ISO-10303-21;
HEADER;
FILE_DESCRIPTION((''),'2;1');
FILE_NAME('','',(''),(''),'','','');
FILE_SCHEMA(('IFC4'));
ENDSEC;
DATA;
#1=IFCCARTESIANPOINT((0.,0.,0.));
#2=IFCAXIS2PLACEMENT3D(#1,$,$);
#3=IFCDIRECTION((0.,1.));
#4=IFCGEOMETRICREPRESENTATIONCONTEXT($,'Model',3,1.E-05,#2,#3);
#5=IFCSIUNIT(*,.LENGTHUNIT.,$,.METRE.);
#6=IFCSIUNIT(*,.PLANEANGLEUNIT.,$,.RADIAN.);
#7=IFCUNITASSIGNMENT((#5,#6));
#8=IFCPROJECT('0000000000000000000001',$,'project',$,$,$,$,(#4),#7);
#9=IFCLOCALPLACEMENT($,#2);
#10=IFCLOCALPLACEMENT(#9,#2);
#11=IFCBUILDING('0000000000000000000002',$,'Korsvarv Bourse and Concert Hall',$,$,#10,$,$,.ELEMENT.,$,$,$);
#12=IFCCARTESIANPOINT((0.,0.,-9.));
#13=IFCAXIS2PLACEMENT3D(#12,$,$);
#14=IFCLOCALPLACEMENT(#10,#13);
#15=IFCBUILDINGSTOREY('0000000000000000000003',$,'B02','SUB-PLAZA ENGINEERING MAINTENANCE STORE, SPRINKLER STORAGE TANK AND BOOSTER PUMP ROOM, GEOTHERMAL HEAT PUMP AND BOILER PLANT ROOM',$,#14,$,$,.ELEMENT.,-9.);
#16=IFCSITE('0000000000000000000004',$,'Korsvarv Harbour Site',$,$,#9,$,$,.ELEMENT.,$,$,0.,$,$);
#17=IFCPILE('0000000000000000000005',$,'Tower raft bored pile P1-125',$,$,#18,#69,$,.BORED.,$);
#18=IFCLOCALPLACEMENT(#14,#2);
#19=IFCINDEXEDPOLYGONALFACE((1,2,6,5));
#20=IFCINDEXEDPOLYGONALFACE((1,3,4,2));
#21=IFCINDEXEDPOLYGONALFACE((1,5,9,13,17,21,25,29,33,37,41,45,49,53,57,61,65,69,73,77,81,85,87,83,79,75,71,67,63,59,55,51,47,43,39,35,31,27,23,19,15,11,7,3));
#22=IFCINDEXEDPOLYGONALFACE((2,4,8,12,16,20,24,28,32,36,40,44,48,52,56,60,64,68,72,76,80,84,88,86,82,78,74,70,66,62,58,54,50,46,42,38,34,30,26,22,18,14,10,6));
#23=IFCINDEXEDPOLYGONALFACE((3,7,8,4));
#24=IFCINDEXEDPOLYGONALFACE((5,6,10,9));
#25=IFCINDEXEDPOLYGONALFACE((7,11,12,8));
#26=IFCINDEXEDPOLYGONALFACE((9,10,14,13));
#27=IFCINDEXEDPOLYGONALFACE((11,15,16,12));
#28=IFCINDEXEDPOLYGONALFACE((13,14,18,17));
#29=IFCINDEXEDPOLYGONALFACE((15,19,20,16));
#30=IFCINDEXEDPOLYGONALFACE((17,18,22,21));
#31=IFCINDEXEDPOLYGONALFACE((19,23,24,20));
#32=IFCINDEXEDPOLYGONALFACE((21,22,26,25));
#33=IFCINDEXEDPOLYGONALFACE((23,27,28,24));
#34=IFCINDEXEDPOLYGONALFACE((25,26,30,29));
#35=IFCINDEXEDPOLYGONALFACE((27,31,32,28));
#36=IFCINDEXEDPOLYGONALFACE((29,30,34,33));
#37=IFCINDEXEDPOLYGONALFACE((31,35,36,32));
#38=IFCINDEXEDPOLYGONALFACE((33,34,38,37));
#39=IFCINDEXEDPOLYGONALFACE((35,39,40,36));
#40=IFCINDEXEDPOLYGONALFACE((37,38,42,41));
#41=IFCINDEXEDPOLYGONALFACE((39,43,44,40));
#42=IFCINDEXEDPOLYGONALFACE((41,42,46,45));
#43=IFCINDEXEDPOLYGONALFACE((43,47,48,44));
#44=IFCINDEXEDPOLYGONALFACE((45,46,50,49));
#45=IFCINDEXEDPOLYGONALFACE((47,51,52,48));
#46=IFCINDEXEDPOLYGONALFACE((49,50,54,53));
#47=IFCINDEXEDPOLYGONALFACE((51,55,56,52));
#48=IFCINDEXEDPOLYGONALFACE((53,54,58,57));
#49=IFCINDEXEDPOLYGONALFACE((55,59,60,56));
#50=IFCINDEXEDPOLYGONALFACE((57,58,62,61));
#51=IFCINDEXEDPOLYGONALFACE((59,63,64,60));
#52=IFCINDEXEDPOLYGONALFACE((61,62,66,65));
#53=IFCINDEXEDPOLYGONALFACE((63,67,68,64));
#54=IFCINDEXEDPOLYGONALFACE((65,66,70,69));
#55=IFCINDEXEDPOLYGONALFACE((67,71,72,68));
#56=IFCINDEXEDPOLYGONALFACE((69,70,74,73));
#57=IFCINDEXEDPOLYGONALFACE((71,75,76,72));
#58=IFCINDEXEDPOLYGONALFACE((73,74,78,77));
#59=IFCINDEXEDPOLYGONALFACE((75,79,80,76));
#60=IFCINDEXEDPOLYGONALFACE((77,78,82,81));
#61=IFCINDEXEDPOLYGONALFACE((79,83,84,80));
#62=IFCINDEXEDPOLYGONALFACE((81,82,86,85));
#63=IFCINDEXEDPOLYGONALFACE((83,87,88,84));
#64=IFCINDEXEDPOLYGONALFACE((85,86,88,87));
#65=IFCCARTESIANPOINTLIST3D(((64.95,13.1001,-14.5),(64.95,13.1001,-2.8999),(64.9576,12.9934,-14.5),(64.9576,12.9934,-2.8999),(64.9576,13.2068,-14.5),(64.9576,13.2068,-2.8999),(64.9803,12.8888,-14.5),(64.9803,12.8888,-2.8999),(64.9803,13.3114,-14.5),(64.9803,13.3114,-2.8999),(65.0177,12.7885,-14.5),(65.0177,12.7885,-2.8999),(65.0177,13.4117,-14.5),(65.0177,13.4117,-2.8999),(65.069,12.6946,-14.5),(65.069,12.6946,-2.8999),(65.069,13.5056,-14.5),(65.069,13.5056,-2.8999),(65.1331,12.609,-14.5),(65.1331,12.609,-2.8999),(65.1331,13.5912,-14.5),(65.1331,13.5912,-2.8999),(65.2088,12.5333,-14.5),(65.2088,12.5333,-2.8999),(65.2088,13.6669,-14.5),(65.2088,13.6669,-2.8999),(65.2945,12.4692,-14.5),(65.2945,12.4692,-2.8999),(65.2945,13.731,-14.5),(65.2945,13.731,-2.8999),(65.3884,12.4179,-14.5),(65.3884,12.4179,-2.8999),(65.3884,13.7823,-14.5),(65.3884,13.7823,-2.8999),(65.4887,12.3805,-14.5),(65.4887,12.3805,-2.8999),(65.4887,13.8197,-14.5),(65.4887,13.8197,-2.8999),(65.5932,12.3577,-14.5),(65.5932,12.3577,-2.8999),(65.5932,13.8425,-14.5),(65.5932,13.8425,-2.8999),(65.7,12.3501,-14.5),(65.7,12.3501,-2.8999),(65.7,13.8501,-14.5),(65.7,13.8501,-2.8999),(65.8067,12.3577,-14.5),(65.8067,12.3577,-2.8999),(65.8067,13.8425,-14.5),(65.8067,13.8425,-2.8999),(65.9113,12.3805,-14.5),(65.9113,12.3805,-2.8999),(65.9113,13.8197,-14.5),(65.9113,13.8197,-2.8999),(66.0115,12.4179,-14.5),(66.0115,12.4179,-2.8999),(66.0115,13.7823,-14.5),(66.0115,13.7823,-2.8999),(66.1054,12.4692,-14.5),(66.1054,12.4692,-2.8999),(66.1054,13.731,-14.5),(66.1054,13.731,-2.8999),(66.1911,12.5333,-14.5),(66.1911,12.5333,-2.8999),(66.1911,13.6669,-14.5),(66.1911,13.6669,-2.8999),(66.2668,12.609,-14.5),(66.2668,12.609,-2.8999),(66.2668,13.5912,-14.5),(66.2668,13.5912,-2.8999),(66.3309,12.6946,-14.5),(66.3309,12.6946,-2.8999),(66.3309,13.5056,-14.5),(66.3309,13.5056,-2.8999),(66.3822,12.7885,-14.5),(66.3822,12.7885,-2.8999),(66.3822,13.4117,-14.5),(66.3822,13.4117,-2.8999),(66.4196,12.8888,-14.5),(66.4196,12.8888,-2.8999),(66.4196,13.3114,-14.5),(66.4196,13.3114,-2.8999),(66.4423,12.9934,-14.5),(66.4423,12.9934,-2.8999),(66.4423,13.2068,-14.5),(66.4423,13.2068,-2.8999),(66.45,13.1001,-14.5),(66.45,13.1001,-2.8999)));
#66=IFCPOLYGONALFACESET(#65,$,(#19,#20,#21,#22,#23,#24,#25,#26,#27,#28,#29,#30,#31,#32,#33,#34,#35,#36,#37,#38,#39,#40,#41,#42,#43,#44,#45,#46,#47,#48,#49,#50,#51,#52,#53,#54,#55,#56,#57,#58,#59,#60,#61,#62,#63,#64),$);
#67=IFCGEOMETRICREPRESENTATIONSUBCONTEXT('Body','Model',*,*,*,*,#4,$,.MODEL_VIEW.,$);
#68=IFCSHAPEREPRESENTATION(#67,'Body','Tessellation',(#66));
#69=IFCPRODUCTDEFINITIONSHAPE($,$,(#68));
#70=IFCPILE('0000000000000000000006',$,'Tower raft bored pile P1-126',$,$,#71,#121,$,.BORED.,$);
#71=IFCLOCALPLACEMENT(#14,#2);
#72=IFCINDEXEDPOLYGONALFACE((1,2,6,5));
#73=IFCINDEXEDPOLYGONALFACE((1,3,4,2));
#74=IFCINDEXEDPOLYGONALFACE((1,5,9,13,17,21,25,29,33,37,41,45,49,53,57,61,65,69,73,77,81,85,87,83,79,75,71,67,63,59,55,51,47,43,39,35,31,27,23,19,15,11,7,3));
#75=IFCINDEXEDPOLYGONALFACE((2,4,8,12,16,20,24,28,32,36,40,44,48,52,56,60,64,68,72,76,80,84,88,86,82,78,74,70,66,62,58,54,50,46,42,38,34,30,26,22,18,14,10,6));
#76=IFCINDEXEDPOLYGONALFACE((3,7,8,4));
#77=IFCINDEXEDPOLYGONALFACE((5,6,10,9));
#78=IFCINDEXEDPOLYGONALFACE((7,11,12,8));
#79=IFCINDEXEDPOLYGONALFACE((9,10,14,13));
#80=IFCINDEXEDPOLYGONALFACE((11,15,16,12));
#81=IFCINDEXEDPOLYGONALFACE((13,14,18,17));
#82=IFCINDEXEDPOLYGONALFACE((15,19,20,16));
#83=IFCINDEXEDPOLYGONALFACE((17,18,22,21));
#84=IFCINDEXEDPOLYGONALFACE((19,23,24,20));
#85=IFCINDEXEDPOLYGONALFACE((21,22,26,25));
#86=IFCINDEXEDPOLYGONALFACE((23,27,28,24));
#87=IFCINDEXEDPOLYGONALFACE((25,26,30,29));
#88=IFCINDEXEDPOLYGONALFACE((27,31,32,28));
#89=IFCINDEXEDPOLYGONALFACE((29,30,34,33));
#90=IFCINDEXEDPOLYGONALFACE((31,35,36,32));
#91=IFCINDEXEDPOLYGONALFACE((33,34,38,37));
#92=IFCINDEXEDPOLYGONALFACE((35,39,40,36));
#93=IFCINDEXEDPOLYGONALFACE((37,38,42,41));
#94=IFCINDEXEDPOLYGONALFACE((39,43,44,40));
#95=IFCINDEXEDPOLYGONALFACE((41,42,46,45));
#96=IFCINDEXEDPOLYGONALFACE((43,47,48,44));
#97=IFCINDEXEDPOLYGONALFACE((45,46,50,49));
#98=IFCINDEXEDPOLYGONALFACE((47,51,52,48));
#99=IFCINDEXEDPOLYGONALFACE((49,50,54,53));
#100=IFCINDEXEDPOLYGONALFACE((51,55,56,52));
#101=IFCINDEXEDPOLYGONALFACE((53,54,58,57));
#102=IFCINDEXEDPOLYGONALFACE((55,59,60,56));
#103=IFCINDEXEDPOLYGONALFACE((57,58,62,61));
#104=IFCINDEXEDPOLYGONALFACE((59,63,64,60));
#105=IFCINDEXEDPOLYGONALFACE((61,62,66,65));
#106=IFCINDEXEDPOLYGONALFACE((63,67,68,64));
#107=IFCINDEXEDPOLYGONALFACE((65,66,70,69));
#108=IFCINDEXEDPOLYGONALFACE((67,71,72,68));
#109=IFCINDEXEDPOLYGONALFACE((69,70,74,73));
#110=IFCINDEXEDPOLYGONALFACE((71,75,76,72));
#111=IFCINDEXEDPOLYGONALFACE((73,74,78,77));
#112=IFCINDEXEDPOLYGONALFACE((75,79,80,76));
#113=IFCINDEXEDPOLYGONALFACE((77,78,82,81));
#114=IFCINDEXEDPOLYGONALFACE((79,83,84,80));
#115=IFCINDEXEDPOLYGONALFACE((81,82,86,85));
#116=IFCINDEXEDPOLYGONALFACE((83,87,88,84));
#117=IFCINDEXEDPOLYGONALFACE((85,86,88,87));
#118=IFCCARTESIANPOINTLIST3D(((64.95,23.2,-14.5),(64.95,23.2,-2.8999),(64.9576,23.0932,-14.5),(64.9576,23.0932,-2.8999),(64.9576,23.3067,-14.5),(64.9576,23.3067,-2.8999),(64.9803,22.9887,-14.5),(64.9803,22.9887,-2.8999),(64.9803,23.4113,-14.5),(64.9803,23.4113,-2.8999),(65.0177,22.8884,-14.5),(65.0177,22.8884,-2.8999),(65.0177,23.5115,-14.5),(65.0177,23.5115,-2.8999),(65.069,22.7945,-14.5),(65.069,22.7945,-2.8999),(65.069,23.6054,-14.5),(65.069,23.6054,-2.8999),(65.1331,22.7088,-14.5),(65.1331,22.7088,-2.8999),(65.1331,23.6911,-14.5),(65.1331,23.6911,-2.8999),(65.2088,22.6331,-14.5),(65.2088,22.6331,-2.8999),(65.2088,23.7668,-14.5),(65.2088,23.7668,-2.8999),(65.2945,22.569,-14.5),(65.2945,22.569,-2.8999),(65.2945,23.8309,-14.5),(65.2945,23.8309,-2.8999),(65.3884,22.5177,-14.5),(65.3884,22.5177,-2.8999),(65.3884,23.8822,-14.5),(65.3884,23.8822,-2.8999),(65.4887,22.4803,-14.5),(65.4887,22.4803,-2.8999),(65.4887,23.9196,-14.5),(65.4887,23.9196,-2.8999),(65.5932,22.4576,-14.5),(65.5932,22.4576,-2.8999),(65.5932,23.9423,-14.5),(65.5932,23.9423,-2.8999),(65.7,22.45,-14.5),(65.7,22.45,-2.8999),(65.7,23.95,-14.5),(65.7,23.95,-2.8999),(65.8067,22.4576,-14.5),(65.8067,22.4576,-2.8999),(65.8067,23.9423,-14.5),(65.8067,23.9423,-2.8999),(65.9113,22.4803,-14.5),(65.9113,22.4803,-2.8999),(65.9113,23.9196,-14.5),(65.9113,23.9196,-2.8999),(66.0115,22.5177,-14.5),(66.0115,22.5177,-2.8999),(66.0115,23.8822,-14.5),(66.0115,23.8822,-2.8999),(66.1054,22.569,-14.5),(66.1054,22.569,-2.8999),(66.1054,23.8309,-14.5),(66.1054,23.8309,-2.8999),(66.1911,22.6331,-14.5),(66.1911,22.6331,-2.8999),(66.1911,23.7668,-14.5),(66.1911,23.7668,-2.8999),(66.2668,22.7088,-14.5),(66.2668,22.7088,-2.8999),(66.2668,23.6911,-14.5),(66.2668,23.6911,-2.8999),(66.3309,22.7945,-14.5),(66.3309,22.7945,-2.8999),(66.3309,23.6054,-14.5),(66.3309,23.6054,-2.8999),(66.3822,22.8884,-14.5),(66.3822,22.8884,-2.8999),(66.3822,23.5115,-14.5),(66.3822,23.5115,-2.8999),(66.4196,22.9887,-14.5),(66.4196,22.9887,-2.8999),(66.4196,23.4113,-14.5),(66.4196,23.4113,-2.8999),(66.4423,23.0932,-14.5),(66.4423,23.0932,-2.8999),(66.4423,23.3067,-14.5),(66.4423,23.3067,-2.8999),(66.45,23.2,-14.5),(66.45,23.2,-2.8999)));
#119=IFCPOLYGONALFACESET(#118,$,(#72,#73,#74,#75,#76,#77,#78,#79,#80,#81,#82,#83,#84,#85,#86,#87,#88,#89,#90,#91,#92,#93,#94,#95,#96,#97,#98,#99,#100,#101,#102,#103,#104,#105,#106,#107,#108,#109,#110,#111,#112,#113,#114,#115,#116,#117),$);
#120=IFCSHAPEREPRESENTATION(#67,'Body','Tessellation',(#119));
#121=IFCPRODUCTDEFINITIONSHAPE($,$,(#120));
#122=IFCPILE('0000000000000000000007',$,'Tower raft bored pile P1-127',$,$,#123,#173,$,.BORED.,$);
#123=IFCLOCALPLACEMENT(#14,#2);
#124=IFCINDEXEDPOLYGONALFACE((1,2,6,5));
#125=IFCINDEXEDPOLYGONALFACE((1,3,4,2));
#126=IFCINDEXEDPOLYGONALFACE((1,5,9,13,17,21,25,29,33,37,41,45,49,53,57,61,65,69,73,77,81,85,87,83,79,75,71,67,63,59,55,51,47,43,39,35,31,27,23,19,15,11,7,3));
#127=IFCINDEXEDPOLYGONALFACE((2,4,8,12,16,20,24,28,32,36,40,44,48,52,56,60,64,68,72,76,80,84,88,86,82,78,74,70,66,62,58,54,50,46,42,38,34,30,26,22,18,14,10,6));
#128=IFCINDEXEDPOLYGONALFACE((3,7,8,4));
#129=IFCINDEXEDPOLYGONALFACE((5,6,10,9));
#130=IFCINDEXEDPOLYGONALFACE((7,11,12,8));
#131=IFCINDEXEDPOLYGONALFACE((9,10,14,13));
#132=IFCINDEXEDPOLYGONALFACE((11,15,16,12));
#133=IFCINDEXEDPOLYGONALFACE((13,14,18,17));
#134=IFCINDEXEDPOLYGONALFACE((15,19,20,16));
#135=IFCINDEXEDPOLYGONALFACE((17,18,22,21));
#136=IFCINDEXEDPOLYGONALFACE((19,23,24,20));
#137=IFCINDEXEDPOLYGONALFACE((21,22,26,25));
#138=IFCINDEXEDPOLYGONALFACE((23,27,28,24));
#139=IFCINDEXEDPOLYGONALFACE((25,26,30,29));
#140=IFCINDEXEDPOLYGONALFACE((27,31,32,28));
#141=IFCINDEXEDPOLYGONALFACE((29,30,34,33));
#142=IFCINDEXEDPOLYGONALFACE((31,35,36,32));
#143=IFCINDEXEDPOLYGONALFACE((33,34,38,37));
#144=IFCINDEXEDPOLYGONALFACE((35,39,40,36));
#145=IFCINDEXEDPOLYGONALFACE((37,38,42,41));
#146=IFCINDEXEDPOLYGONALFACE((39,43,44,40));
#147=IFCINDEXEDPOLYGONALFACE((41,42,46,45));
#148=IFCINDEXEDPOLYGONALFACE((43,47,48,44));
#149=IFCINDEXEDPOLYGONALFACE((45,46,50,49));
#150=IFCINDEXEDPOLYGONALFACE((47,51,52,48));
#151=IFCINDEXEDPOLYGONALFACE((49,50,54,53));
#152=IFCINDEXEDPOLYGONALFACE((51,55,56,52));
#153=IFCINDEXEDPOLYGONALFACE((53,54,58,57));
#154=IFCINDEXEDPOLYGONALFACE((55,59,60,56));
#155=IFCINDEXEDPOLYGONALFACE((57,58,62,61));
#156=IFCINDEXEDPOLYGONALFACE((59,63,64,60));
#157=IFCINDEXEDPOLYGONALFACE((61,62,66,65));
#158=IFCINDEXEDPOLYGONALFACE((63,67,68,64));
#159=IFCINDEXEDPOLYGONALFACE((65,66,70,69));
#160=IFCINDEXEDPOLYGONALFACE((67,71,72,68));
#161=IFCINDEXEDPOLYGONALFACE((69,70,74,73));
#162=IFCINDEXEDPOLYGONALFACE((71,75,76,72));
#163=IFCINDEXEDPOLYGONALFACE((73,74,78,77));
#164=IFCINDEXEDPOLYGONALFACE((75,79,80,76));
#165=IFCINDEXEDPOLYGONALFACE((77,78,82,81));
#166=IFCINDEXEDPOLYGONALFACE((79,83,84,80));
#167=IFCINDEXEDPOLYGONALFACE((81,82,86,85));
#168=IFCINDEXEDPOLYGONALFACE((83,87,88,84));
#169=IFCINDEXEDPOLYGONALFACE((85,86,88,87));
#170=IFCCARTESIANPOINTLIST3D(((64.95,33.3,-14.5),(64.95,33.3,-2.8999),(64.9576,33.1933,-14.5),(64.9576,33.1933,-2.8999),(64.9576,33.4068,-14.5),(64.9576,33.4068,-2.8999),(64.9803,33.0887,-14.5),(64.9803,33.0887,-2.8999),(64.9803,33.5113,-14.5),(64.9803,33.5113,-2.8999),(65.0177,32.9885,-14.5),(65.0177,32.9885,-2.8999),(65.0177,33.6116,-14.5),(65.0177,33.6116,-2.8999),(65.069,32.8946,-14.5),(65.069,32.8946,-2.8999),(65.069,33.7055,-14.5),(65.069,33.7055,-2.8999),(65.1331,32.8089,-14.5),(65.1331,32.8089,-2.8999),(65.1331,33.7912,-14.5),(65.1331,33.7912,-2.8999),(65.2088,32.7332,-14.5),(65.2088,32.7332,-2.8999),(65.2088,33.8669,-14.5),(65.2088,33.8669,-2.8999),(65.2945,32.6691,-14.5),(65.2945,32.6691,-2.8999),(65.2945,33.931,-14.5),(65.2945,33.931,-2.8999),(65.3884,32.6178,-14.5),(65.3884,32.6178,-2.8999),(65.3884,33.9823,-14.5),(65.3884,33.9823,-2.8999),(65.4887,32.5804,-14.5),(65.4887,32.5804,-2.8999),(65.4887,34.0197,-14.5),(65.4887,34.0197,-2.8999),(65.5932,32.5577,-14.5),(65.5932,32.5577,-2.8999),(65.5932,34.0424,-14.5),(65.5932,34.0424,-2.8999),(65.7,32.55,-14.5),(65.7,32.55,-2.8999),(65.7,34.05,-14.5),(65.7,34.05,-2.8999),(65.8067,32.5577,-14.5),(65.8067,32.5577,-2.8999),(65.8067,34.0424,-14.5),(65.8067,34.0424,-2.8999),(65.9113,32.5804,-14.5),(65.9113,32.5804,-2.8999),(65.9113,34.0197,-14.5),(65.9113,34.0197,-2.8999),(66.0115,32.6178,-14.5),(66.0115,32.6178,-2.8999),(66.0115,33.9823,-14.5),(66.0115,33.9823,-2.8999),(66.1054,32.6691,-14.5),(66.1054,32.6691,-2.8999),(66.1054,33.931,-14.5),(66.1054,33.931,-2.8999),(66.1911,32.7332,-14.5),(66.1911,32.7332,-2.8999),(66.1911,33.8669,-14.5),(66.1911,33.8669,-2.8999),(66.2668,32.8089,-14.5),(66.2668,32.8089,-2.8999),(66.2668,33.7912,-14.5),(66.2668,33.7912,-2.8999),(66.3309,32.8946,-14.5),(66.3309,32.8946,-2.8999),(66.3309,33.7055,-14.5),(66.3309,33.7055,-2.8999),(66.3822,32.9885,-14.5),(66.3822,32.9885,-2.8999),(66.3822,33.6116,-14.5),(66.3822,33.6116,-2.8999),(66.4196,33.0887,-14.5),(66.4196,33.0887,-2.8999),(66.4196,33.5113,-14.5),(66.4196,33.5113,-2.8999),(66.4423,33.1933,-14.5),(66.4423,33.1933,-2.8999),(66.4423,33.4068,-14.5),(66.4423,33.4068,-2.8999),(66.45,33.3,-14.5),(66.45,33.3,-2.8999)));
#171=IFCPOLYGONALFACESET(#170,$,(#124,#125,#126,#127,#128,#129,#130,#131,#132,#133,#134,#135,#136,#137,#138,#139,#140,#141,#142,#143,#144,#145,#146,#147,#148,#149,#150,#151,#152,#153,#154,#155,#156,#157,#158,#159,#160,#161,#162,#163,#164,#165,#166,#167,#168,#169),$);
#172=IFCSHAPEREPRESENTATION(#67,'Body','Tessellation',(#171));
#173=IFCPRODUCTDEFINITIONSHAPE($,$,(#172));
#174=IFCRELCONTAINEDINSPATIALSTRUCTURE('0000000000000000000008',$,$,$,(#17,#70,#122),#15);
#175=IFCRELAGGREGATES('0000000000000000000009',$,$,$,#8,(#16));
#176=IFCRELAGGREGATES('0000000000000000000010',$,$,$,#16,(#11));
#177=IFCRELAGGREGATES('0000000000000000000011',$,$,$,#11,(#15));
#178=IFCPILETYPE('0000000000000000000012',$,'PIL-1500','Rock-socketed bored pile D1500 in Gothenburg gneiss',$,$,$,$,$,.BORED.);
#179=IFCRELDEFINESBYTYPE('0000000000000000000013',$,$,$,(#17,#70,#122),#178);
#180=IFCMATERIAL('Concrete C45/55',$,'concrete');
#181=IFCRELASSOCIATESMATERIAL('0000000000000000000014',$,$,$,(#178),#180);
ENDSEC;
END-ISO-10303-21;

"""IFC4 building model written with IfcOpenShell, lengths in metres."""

from ifc_helpers import new_model, si_unit, direction, frame, origin, origin_2d, place, context, subcontext, project, spatial, circle, extrude, source, transform, mapped, material, material_profile, profile_set, type_object, element, save


model = new_model("IFC4")

# Units and contexts
model_context = context("Model", 3, precision=1e-05, world=origin(), true_north=direction((0.0, 1.0)))
body_context = subcontext(model_context, "Body", "Model", "MODEL_VIEW")
ifc_project = project(units=[si_unit("LENGTHUNIT", "METRE"), si_unit("PLANEANGLEUNIT", "RADIAN")], contexts=[model_context])

# Site, building, storey
site_placement = place(None, origin())
site = spatial("IfcSite", under=ifc_project, at=site_placement, Name="Korsvarv Harbour Site", CompositionType="ELEMENT", RefElevation=0.0)
building_placement = place(site_placement, origin())
building = spatial("IfcBuilding", under=site, at=building_placement, Name="Korsvarv Bourse and Concert Hall", CompositionType="ELEMENT")
storey_placement = place(building_placement, frame((0.0, 0.0, -9.0)))
storey = spatial("IfcBuildingStorey", under=building, at=storey_placement, Name="B02", Description="SUB-PLAZA ENGINEERING MAINTENANCE STORE, SPRINKLER STORAGE TANK AND BOOSTER PUMP ROOM, GEOTHERMAL HEAT PUMP AND BOILER PLANT ROOM", CompositionType="ELEMENT", Elevation=-9.0)

# Shared definitions
ifc_material_1 = material(Name="Concrete C45/55", Category="concrete")

# Piles
ifc_material_profile_1 = material_profile(ifc_material_1, circle(Radius=0.75, at=origin_2d()), Name="PILE D1500")
ifc_profile_set_1 = profile_set([ifc_material_profile_1], Name="Concrete C45/55")
pile_type_1 = type_object("IfcPileType", Name="PIL-1500", Description="Rock-socketed bored pile D1500 in Gothenburg gneiss", PredefinedType="BORED", material=ifc_profile_set_1)
shared_shape_1 = source(origin(), body_context, "Body", "SweptSolid", [
    extrude(circle(Radius=0.75, at=origin_2d()), origin(), (0.0, 0.0, 1.0), 11.6001),
])
for number, where, z_axis, x_axis, name in (
    (1, (65.7, 13.1001, -2.8999), (0.0, 0.0, -1.0), (1.0, 0.0, 0.0), "Tower raft bored pile P1-125"),
    (2, (65.7, 23.2, -2.8999), (0.0, 0.0, -1.0), (1.0, 0.0, 0.0), "Tower raft bored pile P1-126"),
    (3, (65.7, 33.3, -2.8999), (0.0, 0.0, -1.0), (1.0, 0.0, 0.0), "Tower raft bored pile P1-127"),
):
    element("IfcPile", number, at=place(storey_placement, frame(where, z_axis=z_axis, x_axis=x_axis)), inside=storey, type_object=pile_type_1, Name=name, PredefinedType="BORED", context=body_context, shape_type="MappedRepresentation", body=[
        mapped(shared_shape_1, transform((0.0, 0.0, 0.0), scale=1.0)),
    ])

save(model, "model.ifc")
